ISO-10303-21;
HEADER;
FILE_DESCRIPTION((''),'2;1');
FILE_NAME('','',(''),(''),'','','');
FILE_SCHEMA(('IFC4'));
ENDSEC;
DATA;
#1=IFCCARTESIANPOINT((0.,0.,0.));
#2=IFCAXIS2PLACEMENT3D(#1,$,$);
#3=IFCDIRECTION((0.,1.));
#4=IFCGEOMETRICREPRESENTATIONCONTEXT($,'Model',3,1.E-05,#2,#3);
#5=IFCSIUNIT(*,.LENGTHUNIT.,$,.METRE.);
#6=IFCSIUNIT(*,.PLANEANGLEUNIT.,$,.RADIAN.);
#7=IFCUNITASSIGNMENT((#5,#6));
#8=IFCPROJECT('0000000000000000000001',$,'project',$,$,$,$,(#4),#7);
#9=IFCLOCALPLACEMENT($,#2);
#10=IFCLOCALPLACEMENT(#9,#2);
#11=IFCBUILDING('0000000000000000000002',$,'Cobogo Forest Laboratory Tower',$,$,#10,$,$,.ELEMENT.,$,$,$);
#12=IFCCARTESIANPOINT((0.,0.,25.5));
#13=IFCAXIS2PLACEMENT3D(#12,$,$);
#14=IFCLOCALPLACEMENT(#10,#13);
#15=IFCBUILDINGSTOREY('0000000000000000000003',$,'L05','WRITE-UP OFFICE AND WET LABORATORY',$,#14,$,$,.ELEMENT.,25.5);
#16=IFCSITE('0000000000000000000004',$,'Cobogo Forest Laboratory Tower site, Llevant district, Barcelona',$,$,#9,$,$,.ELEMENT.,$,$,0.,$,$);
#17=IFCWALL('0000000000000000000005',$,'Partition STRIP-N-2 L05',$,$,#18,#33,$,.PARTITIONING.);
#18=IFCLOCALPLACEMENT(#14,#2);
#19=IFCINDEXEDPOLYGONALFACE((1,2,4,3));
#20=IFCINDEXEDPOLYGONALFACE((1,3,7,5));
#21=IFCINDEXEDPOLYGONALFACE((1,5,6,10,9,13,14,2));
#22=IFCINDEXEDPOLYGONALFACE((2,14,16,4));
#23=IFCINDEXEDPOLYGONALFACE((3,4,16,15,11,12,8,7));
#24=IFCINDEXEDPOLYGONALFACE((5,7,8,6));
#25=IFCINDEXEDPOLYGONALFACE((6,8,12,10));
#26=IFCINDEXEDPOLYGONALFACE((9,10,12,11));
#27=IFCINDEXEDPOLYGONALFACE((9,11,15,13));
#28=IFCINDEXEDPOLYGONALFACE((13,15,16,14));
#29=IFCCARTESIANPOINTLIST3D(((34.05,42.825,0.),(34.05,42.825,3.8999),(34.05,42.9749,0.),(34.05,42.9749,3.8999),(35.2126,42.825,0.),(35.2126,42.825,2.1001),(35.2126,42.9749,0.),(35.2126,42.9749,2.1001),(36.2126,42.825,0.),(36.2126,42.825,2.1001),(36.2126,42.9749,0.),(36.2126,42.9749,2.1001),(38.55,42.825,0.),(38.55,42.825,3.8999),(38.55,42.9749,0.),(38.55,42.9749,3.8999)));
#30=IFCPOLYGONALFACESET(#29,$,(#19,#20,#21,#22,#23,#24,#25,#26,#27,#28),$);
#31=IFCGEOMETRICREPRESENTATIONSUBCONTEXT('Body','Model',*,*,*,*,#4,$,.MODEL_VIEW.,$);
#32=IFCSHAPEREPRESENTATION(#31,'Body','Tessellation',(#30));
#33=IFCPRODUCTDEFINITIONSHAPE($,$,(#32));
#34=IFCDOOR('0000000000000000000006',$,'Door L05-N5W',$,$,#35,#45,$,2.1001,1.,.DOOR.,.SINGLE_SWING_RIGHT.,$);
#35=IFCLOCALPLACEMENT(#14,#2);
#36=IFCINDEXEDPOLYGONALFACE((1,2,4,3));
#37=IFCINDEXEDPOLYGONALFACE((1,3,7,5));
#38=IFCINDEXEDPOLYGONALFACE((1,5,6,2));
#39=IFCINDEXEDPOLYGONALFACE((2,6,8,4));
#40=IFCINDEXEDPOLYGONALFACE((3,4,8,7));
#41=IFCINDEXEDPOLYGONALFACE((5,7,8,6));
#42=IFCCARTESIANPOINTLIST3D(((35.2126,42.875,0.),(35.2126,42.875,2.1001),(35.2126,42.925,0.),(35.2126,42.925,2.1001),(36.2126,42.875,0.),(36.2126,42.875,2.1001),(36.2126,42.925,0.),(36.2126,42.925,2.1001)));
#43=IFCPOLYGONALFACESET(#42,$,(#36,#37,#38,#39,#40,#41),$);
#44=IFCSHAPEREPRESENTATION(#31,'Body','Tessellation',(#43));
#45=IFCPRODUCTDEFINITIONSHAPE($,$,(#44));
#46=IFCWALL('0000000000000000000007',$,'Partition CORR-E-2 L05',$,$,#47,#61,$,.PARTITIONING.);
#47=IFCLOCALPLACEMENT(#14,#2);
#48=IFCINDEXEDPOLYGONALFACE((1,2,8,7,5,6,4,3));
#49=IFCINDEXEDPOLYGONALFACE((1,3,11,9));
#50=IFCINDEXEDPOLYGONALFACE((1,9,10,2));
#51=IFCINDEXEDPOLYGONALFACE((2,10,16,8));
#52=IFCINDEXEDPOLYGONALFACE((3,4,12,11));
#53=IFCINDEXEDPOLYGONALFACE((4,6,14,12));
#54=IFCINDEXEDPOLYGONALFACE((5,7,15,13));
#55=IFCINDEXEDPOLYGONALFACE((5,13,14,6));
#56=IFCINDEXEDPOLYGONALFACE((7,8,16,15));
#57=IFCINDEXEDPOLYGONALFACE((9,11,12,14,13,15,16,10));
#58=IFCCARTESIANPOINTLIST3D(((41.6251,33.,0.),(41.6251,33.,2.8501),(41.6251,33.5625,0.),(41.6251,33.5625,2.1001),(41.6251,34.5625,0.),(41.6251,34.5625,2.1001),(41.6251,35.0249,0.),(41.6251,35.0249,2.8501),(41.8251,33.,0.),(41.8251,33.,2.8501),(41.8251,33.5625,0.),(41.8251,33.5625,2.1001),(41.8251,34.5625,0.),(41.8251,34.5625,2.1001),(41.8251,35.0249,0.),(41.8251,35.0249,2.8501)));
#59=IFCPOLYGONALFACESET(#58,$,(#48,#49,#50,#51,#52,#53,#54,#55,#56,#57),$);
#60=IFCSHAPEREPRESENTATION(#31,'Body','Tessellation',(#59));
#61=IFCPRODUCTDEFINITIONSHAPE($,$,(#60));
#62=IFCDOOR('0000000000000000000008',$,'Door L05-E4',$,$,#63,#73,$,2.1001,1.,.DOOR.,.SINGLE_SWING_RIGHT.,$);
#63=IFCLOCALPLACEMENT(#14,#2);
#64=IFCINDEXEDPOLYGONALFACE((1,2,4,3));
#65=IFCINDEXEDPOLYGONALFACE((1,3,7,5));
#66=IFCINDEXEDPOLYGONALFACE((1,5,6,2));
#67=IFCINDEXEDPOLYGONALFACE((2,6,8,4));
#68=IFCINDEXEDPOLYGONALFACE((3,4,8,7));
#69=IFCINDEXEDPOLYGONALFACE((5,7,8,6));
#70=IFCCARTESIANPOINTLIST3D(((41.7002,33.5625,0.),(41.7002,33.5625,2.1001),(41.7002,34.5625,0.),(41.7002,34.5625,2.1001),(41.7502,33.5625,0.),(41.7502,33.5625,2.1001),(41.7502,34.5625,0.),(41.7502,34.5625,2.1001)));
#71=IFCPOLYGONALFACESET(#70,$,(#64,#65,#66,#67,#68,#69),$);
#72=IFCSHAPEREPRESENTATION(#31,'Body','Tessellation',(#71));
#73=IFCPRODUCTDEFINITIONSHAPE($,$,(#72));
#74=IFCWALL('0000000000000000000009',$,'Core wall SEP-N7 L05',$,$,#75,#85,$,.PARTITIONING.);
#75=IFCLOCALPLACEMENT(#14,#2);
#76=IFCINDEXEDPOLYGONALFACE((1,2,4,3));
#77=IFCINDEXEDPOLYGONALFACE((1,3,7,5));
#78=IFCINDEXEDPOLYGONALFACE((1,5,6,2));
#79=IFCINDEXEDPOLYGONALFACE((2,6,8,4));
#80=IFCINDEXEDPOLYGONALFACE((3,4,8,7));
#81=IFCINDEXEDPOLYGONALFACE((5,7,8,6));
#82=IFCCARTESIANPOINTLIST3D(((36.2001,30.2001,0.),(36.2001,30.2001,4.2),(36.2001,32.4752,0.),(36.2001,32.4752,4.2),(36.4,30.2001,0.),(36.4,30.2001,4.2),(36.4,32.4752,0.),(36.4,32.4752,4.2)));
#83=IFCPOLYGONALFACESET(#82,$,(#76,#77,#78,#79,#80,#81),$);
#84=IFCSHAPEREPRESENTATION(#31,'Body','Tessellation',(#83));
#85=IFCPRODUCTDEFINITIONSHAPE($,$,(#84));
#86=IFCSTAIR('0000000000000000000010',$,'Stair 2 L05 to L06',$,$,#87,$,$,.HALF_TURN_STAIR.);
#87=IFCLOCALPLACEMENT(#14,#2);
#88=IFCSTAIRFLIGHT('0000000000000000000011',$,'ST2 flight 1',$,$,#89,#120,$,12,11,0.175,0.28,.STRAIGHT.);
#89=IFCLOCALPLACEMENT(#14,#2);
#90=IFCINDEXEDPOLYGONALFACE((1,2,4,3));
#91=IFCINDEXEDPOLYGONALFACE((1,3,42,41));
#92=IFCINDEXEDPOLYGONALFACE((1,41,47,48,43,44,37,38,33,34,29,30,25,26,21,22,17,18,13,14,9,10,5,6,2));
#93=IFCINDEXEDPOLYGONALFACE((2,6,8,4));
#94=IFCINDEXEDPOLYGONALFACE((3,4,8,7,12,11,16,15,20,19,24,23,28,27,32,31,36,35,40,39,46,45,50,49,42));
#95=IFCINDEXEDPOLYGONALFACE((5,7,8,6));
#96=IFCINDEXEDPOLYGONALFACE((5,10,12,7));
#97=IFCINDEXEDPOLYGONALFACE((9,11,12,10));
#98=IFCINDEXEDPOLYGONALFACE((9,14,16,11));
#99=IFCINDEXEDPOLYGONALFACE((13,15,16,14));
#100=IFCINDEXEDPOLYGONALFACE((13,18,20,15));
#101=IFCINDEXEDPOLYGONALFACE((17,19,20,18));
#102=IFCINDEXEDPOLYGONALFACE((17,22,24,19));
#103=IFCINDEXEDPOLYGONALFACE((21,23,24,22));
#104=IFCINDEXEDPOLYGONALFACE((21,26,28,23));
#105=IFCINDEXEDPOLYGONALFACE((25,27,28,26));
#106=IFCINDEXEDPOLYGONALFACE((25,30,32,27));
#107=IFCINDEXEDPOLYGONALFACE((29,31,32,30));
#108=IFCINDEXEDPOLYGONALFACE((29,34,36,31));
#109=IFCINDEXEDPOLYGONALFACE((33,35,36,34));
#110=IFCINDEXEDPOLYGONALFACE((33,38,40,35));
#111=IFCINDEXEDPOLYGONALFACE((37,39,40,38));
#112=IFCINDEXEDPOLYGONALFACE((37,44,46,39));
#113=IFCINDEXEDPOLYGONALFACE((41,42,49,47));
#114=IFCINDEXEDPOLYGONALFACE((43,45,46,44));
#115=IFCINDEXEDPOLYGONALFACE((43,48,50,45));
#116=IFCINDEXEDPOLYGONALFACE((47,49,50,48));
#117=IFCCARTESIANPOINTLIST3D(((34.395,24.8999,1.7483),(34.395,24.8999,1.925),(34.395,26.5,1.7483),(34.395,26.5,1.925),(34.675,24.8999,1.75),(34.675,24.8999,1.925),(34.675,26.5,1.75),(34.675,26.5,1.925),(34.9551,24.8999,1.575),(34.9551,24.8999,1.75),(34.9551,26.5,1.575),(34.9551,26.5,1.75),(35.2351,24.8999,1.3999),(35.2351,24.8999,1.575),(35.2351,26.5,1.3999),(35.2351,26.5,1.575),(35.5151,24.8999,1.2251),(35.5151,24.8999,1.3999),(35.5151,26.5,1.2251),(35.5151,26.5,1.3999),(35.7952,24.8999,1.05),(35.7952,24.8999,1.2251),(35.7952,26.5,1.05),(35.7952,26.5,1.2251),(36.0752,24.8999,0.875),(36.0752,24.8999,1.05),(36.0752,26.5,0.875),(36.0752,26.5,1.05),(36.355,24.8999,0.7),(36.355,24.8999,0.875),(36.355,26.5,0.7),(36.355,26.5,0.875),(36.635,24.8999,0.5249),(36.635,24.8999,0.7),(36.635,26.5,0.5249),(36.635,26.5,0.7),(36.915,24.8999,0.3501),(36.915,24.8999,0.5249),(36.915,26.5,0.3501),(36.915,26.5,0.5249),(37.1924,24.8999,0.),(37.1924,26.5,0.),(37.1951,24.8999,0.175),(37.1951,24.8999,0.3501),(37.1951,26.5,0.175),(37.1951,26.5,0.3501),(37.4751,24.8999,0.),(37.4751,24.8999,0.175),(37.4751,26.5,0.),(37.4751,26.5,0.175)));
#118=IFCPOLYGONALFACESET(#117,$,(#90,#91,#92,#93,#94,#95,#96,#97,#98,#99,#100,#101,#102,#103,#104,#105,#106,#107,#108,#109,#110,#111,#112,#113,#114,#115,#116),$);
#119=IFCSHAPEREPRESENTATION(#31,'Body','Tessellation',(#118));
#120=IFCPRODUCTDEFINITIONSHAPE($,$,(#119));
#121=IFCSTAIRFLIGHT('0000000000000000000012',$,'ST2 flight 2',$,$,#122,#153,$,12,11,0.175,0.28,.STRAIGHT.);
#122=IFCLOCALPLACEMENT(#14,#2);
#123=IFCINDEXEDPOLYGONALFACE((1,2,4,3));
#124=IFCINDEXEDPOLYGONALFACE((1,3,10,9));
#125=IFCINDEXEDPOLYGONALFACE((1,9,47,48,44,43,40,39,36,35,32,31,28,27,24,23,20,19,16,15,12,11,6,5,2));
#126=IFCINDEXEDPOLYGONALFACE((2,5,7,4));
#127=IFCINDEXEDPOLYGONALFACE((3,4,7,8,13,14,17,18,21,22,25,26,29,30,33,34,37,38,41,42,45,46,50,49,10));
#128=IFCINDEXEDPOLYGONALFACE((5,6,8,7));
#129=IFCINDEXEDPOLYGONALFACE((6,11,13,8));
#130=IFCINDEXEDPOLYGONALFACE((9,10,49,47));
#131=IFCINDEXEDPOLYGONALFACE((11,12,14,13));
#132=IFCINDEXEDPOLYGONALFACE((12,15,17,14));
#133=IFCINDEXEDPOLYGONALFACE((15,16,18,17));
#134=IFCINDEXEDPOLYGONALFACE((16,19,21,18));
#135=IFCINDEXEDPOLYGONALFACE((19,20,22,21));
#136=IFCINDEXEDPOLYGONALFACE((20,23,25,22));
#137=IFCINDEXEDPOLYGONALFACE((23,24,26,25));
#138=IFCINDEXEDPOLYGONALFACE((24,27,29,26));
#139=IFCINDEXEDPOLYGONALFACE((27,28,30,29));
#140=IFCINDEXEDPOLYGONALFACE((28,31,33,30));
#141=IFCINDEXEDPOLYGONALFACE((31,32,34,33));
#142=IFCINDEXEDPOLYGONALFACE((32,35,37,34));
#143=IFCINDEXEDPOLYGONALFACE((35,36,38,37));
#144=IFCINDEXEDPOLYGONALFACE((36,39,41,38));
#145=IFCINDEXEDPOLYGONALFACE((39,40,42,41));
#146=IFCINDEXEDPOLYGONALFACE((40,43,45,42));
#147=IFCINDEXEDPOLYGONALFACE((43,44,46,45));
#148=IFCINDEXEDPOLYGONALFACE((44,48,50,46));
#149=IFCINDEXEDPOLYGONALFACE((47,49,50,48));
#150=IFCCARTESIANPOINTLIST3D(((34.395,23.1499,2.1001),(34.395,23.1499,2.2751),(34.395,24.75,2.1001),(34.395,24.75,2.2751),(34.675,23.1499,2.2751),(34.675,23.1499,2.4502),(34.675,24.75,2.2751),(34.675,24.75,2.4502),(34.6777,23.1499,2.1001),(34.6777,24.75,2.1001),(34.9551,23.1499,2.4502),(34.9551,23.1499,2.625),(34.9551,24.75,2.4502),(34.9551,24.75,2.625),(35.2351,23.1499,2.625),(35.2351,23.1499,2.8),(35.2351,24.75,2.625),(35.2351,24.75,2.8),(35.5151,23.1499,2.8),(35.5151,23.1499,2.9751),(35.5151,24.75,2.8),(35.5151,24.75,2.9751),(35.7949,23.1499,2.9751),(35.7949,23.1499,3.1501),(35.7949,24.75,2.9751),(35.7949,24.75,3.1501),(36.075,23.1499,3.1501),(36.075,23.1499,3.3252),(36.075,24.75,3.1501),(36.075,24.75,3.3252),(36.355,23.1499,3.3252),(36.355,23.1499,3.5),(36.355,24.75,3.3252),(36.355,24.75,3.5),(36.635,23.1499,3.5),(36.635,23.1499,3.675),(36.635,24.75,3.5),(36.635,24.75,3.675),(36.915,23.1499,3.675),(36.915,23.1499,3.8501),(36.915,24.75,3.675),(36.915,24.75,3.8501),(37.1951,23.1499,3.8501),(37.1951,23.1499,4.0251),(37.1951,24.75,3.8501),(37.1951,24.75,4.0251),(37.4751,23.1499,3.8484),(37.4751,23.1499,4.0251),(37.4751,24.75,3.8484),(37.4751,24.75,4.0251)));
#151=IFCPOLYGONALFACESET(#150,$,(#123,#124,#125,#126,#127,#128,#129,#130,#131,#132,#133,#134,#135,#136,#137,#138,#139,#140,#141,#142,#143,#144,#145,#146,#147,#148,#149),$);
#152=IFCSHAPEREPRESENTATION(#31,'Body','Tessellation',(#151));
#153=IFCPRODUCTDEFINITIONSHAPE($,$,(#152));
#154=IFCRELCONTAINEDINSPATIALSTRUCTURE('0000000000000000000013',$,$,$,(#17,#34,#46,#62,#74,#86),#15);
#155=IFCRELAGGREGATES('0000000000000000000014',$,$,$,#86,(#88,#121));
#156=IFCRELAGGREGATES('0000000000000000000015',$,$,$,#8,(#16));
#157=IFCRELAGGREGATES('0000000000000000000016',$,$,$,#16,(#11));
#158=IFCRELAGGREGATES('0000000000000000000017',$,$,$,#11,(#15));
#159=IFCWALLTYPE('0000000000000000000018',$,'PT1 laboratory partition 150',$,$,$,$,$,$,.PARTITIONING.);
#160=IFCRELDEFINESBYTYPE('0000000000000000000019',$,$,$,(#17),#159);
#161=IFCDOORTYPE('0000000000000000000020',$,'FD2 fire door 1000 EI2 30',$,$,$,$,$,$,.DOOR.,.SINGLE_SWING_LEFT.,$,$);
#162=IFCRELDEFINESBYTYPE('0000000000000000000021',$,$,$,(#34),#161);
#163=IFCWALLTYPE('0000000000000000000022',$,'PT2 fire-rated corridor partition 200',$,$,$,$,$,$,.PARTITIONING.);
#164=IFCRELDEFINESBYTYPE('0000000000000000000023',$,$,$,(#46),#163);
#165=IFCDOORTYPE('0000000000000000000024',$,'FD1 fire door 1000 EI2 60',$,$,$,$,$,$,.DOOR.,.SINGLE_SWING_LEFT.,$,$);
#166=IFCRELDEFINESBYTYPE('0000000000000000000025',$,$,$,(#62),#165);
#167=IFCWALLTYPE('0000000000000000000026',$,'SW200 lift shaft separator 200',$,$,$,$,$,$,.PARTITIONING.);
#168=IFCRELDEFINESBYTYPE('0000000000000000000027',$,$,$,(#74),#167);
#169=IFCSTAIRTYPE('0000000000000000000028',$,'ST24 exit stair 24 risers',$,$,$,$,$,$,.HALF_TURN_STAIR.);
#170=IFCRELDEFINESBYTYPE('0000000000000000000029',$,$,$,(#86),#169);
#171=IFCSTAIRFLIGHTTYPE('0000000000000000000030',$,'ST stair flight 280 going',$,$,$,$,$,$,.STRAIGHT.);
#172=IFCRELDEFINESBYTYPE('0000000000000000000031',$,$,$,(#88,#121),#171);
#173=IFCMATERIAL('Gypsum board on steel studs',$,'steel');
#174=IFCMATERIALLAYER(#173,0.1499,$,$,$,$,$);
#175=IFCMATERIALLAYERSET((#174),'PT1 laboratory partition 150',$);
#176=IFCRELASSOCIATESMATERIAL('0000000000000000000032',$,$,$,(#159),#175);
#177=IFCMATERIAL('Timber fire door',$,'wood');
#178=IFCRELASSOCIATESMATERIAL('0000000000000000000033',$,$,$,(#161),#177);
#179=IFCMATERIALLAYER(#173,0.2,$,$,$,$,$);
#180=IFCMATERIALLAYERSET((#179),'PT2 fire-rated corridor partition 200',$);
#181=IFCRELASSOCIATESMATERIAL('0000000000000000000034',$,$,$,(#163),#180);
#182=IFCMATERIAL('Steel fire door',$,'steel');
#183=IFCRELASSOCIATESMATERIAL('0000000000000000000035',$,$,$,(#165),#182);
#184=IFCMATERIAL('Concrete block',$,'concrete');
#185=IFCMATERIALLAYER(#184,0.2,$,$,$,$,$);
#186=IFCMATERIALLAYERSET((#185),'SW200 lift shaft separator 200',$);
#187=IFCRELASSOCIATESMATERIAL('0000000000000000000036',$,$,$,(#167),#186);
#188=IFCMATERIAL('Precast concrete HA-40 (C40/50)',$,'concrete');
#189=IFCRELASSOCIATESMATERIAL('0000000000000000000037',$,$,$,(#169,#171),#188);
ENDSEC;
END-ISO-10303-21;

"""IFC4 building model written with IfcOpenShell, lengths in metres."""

from ifc_helpers import new_model, si_unit, direction, frame, frame_2d, origin, place, context, subcontext, project, spatial, polyline, rectangle, outline, extrude, material, layer, layer_set, type_object, element, fill, aggregate, save


model = new_model("IFC4")

# Units and contexts
model_context = context("Model", 3, precision=1e-05, world=origin(), true_north=direction((0.0, 1.0)))
body_context = subcontext(model_context, "Body", "Model", "MODEL_VIEW")
ifc_project = project(units=[si_unit("LENGTHUNIT", "METRE"), si_unit("PLANEANGLEUNIT", "RADIAN")], contexts=[model_context])

# Site, building, storey
site_placement = place(None, origin())
site = spatial("IfcSite", under=ifc_project, at=site_placement, Name="Cobogo Forest Laboratory Tower site, Llevant district, Barcelona", CompositionType="ELEMENT", RefElevation=0.0)
building_placement = place(site_placement, origin())
building = spatial("IfcBuilding", under=site, at=building_placement, Name="Cobogo Forest Laboratory Tower", CompositionType="ELEMENT")
storey_placement = place(building_placement, frame((0.0, 0.0, 25.5)))
storey = spatial("IfcBuildingStorey", under=building, at=storey_placement, Name="L05", Description="WRITE-UP OFFICE AND WET LABORATORY", CompositionType="ELEMENT", Elevation=25.5)

# Shared definitions
ifc_material_1 = material(Name="Gypsum board on steel studs", Category="steel")
ifc_layer_1 = layer(ifc_material_1, 0.1499)
ifc_layer_set_1 = layer_set([ifc_layer_1], Name="PT1 laboratory partition 150")
wall_type_1 = type_object("IfcWallType", Name="PT1 laboratory partition 150", PredefinedType="PARTITIONING", material=ifc_layer_set_1)

# Walls, openings, doors
wall_1_placement = place(storey_placement, frame((38.55, 42.8999, 0.0), z_axis=(0.0, 0.0, 1.0), x_axis=(-1.0, 0.0, 0.0)))
wall_1 = element("IfcWall", 1, at=wall_1_placement, inside=storey, type_object=wall_type_1, Name="Partition STRIP-N-2 L05", PredefinedType="PARTITIONING", context=body_context, shape_type="SweptSolid", body=[
    extrude(rectangle(XDim=4.5, YDim=0.1499, at=frame_2d((2.25, 0.0))), origin(), (0.0, 0.0, 1.0), 3.8999),
])
opening_1_placement = place(wall_1_placement, frame((2.3374, 0.0, 0.0)))
opening_1 = element("IfcOpeningElement", 2, at=opening_1_placement, cuts=wall_1, PredefinedType="OPENING", context=body_context, shape_type="SweptSolid", body=[
    extrude(rectangle(XDim=1.0, YDim=2.1001, at=frame_2d((0.5, 1.05))), frame((0.0, 0.085, 0.0), z_axis=(0.0, -1.0, 0.0), x_axis=(1.0, 0.0, 0.0)), (0.0, 0.0, 1.0), 0.1699),
])
ifc_material_2 = material(Name="Timber fire door", Category="wood")
door_type_1 = type_object("IfcDoorType", Name="FD2 fire door 1000 EI2 30", OperationType="SINGLE_SWING_LEFT", PredefinedType="DOOR", material=ifc_material_2)
door_1_placement = place(opening_1_placement, origin())
door_1 = element("IfcDoor", 3, at=door_1_placement, inside=storey, type_object=door_type_1, Name="Door L05-N5W", OperationType="SINGLE_SWING_RIGHT", OverallHeight=2.1001, OverallWidth=1.0, PredefinedType="DOOR", context=body_context, shape_type="SweptSolid", body=[
    extrude(rectangle(XDim=1.0, YDim=2.1001, at=frame_2d((0.5, 1.05))), frame((0.0, 0.0249, 0.0), z_axis=(0.0, -1.0, 0.0), x_axis=(1.0, 0.0, 0.0)), (0.0, 0.0, 1.0), 0.05),
])
fill(opening_1, door_1)
ifc_layer_2 = layer(ifc_material_1, 0.2)
ifc_layer_set_2 = layer_set([ifc_layer_2], Name="PT2 fire-rated corridor partition 200")
wall_type_2 = type_object("IfcWallType", Name="PT2 fire-rated corridor partition 200", PredefinedType="PARTITIONING", material=ifc_layer_set_2)
wall_2_placement = place(storey_placement, frame((41.7251, 33.0, 0.0), z_axis=(0.0, 0.0, 1.0), x_axis=(0.0, 1.0, 0.0)))
wall_2 = element("IfcWall", 4, at=wall_2_placement, inside=storey, type_object=wall_type_2, Name="Partition CORR-E-2 L05", PredefinedType="PARTITIONING", context=body_context, shape_type="SweptSolid", body=[
    extrude(rectangle(XDim=2.0249, YDim=0.2, at=frame_2d((1.0125, 0.0))), origin(), (0.0, 0.0, 1.0), 2.8501),
])
opening_2_placement = place(wall_2_placement, frame((0.5625, 0.0, 0.0)))
opening_2 = element("IfcOpeningElement", 5, at=opening_2_placement, cuts=wall_2, PredefinedType="OPENING", context=body_context, shape_type="SweptSolid", body=[
    extrude(rectangle(XDim=1.0, YDim=2.1001, at=frame_2d((0.5, 1.05))), frame((0.0, 0.1099, 0.0), z_axis=(0.0, -1.0, 0.0), x_axis=(1.0, 0.0, 0.0)), (0.0, 0.0, 1.0), 0.22),
])
ifc_material_3 = material(Name="Steel fire door", Category="steel")
door_type_2 = type_object("IfcDoorType", Name="FD1 fire door 1000 EI2 60", OperationType="SINGLE_SWING_LEFT", PredefinedType="DOOR", material=ifc_material_3)
door_2_placement = place(opening_2_placement, origin())
door_2 = element("IfcDoor", 6, at=door_2_placement, inside=storey, type_object=door_type_2, Name="Door L05-E4", OperationType="SINGLE_SWING_RIGHT", OverallHeight=2.1001, OverallWidth=1.0, PredefinedType="DOOR", context=body_context, shape_type="SweptSolid", body=[
    extrude(rectangle(XDim=1.0, YDim=2.1001, at=frame_2d((0.5, 1.05))), frame((0.0, 0.0249, 0.0), z_axis=(0.0, -1.0, 0.0), x_axis=(1.0, 0.0, 0.0)), (0.0, 0.0, 1.0), 0.05),
])
fill(opening_2, door_2)

# Wall
ifc_material_4 = material(Name="Concrete block", Category="concrete")
ifc_layer_3 = layer(ifc_material_4, 0.2)
ifc_layer_set_3 = layer_set([ifc_layer_3], Name="SW200 lift shaft separator 200")
wall_type_3 = type_object("IfcWallType", Name="SW200 lift shaft separator 200", PredefinedType="PARTITIONING", material=ifc_layer_set_3)
wall_3_placement = place(storey_placement, frame((36.3, 30.2, 0.0), z_axis=(0.0, 0.0, 1.0), x_axis=(0.0, 1.0, 0.0)))
element("IfcWall", 7, at=wall_3_placement, inside=storey, type_object=wall_type_3, Name="Core wall SEP-N7 L05", PredefinedType="PARTITIONING", context=body_context, shape_type="SweptSolid", body=[
    extrude(rectangle(XDim=2.2751, YDim=0.2, at=frame_2d((1.1377, 0.0))), origin(), (0.0, 0.0, 1.0), 4.2),
])

# Stair, stair flights
ifc_material_5 = material(Name="Precast concrete HA-40 (C40/50)", Category="concrete")
stair_type = type_object("IfcStairType", Name="ST24 exit stair 24 risers", PredefinedType="HALF_TURN_STAIR", material=ifc_material_5)
stair_placement = place(storey_placement, origin())
stair = element("IfcStair", 8, at=stair_placement, inside=storey, type_object=stair_type, Name="Stair 2 L05 to L06", PredefinedType="HALF_TURN_STAIR")
stair_flight_type = type_object("IfcStairFlightType", Name="ST stair flight 280 going", PredefinedType="STRAIGHT", material=ifc_material_5)
stair_flight_1_placement = place(storey_placement, frame((37.4751, 25.7, 0.0), z_axis=(0.0, 0.0, 1.0), x_axis=(-1.0, 0.0, 0.0)))
stair_flight_1 = element("IfcStairFlight", 9, at=stair_flight_1_placement, type_object=stair_flight_type, Name="ST2 flight 1", NumberOfRisers=12, NumberOfTreads=11, PredefinedType="STRAIGHT", RiserHeight=0.175, TreadLength=0.28, context=body_context, shape_type="SweptSolid", body=[
    extrude(outline(polyline([(0.0, 0.0), (0.0, 0.175), (0.28, 0.175), (0.28, 0.3501), (0.5601, 0.3501), (0.5601, 0.5249), (0.8401, 0.5249), (0.8401, 0.7), (1.1201, 0.7), (1.1201, 0.875), (1.3999, 0.875), (1.3999, 1.05), (1.6799, 1.05), (1.6799, 1.2251), (1.96, 1.2251), (1.96, 1.3999), (2.24, 1.3999), (2.24, 1.575), (2.52, 1.575), (2.52, 1.75), (2.8, 1.75), (2.8, 1.925), (3.0801, 1.925), (3.0801, 2.1001), (3.0801, 1.7483), (0.2827, 0.0), (0.0, 0.0)])), frame((0.0, 0.8, 0.0), z_axis=(0.0, -1.0, 0.0), x_axis=(1.0, 0.0, 0.0)), (0.0, 0.0, 1.0), 1.6001),
])
stair_flight_2_placement = place(storey_placement, frame((34.395, 23.95, 2.1001), z_axis=(0.0, 0.0, 1.0), x_axis=(1.0, 0.0, 0.0)))
stair_flight_2 = element("IfcStairFlight", 10, at=stair_flight_2_placement, type_object=stair_flight_type, Name="ST2 flight 2", NumberOfRisers=12, NumberOfTreads=11, PredefinedType="STRAIGHT", RiserHeight=0.175, TreadLength=0.28, context=body_context, shape_type="SweptSolid", body=[
    extrude(outline(polyline([(0.0, 0.0), (0.0, 0.175), (0.28, 0.175), (0.28, 0.3501), (0.5601, 0.3501), (0.5601, 0.5249), (0.8401, 0.5249), (0.8401, 0.7), (1.1201, 0.7), (1.1201, 0.875), (1.3999, 0.875), (1.3999, 1.05), (1.6799, 1.05), (1.6799, 1.2251), (1.96, 1.2251), (1.96, 1.3999), (2.24, 1.3999), (2.24, 1.575), (2.52, 1.575), (2.52, 1.75), (2.8, 1.75), (2.8, 1.925), (3.0801, 1.925), (3.0801, 2.1001), (3.0801, 1.7483), (0.2827, 0.0), (0.0, 0.0)])), frame((0.0, 0.8, 0.0), z_axis=(0.0, -1.0, 0.0), x_axis=(1.0, 0.0, 0.0)), (0.0, 0.0, 1.0), 1.6001),
])
aggregate(stair, [stair_flight_1, stair_flight_2])

save(model, "model.ifc")
